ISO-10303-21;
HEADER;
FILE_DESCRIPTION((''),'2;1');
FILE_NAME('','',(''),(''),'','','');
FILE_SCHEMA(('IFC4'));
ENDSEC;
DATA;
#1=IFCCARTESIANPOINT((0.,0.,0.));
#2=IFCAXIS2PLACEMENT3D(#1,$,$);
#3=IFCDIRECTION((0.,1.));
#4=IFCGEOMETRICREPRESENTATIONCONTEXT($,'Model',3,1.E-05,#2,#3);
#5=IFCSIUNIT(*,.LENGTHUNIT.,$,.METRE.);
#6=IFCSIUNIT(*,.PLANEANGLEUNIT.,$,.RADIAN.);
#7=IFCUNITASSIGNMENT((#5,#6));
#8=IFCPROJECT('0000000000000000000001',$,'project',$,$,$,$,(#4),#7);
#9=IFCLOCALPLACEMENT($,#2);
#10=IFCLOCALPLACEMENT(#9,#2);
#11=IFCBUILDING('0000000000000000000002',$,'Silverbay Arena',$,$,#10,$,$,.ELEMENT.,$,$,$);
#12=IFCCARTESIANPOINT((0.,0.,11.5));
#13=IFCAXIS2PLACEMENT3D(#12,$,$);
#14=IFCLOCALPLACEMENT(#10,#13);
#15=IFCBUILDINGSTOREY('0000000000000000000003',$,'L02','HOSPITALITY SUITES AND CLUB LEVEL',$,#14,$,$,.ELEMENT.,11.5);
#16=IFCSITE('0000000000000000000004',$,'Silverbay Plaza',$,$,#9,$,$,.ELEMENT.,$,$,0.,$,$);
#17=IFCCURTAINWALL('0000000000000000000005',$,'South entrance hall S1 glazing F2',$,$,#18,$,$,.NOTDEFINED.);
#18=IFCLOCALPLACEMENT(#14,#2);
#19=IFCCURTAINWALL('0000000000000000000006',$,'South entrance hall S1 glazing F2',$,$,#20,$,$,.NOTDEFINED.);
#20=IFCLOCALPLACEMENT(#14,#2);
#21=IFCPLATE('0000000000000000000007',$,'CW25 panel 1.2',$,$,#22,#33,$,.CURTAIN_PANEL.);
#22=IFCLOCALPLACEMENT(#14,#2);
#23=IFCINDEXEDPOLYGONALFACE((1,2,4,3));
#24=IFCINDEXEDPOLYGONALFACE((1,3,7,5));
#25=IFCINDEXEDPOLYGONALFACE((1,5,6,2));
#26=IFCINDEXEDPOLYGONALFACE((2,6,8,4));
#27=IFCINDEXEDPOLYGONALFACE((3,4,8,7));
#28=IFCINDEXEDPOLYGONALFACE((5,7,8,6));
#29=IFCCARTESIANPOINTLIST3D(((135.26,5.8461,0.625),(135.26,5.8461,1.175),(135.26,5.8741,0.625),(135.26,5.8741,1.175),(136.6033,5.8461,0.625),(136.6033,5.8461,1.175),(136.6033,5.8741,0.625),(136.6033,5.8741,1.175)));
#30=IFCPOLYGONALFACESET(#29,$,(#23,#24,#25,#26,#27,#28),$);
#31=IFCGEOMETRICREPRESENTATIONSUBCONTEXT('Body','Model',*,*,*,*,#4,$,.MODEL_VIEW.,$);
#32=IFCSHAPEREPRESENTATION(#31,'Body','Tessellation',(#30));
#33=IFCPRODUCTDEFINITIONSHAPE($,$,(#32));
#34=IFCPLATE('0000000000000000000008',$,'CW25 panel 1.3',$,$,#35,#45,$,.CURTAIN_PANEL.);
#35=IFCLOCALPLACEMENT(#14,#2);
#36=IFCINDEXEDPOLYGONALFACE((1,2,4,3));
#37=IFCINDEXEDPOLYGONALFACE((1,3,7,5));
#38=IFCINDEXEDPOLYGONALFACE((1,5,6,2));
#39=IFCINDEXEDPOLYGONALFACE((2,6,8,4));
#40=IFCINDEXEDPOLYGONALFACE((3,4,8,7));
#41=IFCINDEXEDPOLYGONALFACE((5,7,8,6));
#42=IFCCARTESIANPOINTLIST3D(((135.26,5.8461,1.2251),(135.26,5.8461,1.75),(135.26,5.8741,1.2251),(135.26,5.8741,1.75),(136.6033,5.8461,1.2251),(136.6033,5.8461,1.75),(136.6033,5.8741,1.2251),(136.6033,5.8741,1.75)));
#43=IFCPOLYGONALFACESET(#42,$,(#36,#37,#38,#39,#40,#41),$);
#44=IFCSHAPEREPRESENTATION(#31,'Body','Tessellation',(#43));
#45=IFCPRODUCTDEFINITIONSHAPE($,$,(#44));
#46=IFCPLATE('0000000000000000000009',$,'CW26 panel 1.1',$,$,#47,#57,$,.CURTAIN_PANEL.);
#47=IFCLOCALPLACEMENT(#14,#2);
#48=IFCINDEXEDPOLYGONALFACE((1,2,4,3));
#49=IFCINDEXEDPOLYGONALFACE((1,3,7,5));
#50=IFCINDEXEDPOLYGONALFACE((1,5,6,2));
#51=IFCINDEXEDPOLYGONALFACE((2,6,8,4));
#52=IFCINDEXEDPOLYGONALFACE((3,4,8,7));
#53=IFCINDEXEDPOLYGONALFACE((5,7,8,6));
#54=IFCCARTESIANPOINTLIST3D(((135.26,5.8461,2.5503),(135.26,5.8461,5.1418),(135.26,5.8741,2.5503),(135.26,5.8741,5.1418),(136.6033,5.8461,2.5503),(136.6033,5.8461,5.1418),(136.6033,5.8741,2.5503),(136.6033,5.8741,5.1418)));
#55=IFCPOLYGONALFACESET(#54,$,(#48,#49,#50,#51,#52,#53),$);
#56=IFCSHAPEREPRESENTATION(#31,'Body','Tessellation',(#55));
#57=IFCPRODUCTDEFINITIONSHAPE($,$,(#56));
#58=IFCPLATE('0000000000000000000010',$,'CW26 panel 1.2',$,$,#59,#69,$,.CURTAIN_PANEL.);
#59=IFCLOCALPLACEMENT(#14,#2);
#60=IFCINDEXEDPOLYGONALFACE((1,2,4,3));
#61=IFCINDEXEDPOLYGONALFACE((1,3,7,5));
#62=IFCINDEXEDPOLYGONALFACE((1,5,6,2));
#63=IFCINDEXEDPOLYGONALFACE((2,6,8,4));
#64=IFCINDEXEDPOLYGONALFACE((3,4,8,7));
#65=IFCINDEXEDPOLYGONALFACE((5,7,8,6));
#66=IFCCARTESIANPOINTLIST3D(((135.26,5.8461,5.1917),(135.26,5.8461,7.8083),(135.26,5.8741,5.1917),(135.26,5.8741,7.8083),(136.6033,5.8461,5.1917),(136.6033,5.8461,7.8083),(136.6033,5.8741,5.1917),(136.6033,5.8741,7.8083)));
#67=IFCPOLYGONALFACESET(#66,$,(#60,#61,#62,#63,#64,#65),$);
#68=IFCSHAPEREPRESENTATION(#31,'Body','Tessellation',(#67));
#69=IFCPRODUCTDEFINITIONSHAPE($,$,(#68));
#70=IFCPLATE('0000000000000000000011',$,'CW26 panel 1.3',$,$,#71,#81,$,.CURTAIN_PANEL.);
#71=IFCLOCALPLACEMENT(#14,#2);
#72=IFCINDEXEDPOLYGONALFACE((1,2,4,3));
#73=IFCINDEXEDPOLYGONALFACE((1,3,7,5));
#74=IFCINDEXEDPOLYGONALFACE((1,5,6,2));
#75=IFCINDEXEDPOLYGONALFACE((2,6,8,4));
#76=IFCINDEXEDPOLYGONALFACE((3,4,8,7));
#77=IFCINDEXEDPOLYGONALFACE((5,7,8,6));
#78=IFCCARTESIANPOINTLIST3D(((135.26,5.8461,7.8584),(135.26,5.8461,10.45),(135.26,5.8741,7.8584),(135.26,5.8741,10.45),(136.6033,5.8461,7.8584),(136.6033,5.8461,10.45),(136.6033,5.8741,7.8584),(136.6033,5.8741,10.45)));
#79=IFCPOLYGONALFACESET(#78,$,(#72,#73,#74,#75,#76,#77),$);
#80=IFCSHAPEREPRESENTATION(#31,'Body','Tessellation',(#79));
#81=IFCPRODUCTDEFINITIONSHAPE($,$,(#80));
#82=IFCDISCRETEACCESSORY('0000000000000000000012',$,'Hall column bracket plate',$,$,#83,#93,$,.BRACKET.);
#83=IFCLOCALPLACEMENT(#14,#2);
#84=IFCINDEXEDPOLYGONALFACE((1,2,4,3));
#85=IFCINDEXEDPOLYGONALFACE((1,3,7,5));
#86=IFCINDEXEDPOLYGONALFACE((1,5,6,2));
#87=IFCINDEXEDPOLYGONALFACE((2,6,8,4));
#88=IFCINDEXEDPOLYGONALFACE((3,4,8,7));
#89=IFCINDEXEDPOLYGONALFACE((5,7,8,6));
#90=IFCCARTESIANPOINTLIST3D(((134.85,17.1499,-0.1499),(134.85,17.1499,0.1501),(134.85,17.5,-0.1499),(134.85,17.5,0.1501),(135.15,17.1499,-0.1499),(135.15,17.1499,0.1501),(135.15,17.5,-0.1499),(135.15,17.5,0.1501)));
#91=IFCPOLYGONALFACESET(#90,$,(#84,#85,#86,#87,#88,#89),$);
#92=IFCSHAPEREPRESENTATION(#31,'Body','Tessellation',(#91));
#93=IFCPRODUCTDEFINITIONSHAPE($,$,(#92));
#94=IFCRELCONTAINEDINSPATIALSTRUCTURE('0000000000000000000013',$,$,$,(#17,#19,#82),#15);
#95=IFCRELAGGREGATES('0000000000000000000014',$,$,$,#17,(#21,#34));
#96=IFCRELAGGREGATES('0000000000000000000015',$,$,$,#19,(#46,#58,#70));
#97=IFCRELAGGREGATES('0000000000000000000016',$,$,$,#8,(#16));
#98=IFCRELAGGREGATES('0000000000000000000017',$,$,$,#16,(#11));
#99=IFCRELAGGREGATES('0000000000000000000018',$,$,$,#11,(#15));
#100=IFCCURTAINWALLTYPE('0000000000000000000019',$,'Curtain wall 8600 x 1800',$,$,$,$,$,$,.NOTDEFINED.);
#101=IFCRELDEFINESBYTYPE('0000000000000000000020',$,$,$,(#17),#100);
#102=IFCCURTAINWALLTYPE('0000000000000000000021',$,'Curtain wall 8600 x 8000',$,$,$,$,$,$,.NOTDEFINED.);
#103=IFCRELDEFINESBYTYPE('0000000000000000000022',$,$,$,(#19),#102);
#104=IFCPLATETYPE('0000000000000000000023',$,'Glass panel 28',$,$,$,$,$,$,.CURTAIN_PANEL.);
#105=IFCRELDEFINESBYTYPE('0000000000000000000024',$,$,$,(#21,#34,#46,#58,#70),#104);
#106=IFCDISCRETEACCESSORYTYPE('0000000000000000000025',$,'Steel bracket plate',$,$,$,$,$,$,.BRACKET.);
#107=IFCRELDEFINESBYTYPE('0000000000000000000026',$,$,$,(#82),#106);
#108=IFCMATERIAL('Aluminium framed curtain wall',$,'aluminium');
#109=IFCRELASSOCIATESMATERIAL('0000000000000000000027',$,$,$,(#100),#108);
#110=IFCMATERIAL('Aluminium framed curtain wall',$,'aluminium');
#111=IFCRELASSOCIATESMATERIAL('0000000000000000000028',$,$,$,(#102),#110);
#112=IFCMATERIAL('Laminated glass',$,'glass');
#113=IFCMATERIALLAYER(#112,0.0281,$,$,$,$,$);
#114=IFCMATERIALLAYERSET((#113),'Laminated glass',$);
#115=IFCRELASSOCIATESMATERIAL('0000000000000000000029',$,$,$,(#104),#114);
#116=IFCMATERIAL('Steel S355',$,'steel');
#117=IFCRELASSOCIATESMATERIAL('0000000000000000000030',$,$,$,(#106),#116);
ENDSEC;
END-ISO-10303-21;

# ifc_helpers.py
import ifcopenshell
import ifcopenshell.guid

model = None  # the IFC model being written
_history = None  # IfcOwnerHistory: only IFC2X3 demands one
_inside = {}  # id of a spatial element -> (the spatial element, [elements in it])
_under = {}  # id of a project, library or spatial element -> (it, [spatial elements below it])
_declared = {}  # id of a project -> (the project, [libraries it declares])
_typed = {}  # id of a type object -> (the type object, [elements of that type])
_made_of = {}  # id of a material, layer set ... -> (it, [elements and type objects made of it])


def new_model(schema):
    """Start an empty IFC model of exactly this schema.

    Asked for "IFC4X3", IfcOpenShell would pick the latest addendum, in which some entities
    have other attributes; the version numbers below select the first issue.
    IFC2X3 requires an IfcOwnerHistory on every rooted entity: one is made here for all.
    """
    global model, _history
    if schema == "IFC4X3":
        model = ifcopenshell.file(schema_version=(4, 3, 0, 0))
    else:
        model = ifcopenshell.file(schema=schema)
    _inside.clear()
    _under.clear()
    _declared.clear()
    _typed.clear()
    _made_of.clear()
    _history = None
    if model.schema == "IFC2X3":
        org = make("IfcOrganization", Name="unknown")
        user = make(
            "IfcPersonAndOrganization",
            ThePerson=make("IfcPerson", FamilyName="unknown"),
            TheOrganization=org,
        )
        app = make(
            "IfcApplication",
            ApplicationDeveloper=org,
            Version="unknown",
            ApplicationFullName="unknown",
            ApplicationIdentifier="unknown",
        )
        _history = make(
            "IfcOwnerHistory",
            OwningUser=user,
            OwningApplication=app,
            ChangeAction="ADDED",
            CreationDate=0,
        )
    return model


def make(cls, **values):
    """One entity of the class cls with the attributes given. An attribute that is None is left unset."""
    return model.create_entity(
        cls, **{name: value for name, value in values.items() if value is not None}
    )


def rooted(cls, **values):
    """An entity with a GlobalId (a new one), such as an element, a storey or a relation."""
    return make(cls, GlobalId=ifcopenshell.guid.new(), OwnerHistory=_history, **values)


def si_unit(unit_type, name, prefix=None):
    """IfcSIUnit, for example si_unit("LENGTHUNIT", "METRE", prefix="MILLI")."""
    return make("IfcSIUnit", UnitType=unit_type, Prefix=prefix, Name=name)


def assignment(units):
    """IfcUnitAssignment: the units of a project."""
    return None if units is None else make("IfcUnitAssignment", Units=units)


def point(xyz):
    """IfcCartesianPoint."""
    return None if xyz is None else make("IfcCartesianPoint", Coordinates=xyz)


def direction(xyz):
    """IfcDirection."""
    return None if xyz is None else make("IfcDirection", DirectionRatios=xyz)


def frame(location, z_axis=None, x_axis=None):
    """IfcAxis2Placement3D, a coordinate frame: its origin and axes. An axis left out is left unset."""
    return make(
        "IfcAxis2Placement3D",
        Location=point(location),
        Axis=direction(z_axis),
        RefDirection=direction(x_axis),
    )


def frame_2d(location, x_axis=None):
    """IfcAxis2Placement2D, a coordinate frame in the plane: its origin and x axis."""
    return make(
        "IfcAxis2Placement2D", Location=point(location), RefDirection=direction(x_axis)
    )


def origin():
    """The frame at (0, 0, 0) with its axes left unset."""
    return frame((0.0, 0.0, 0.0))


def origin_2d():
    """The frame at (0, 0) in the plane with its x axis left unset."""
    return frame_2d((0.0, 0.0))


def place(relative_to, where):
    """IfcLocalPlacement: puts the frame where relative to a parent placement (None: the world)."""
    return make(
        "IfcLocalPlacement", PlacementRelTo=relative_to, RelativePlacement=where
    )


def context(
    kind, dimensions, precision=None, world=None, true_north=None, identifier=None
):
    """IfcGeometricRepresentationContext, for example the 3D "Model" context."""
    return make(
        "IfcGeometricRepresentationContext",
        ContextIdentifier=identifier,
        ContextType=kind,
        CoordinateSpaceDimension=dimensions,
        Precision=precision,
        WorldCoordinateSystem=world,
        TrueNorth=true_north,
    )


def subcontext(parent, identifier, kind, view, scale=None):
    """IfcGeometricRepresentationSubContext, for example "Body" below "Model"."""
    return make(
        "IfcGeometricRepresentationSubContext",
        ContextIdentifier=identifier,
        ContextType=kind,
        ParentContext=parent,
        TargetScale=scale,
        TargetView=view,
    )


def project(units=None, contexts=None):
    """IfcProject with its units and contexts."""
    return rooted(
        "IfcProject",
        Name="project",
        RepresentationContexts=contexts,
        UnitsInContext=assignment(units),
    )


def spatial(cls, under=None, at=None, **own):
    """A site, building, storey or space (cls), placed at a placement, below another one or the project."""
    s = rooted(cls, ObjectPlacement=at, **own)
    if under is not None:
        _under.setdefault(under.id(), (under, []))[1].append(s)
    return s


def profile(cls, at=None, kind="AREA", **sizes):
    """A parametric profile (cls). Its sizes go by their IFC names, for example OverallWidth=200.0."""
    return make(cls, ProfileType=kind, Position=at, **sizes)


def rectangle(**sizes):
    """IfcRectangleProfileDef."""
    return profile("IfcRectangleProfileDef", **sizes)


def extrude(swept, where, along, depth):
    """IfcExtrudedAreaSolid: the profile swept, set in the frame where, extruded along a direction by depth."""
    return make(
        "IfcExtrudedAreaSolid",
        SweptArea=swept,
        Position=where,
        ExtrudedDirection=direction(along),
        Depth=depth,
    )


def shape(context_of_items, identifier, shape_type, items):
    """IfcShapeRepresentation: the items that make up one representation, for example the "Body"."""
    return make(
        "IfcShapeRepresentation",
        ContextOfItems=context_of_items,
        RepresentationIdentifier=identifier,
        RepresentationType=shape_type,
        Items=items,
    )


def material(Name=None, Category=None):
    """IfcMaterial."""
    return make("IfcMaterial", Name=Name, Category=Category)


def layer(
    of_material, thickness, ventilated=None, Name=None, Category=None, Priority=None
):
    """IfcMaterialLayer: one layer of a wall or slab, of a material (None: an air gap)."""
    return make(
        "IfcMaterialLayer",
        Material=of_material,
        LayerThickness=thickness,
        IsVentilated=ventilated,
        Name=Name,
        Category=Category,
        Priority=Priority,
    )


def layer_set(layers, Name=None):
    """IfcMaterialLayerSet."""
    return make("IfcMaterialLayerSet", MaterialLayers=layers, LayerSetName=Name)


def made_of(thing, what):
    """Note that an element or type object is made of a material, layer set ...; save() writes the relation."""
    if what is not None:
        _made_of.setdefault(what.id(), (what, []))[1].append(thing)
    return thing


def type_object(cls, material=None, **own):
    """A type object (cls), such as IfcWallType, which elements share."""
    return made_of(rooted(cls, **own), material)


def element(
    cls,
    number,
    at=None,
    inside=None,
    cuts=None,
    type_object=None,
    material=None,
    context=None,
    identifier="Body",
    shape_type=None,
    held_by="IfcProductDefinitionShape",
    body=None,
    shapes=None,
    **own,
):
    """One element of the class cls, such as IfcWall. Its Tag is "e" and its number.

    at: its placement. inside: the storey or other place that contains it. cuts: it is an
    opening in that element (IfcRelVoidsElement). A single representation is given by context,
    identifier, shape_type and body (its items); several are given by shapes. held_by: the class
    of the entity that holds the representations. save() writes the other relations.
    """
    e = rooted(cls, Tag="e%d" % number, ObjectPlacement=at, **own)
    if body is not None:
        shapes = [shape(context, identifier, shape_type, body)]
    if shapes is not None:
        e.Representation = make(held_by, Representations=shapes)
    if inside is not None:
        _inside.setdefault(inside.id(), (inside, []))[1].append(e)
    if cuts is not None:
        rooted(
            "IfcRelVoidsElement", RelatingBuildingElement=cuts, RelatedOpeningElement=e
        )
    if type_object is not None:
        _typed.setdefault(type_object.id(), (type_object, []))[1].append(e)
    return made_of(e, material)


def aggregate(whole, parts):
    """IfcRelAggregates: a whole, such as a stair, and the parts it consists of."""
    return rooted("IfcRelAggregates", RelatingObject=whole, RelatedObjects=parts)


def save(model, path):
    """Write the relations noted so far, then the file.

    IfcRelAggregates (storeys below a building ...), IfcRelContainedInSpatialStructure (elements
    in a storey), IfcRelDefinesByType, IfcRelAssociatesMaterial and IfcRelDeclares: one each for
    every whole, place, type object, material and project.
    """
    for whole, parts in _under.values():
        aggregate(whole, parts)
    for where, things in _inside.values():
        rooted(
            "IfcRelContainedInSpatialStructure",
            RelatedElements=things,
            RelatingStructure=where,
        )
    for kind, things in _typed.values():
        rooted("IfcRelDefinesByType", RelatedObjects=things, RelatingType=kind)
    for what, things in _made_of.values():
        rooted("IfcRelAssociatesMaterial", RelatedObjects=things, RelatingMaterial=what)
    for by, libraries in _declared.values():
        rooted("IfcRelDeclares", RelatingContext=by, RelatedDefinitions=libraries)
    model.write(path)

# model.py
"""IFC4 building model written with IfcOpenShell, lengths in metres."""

from ifc_helpers import new_model, si_unit, direction, frame, origin, origin_2d, place, context, subcontext, project, spatial, rectangle, extrude, material, layer, layer_set, type_object, element, aggregate, save


model = new_model("IFC4")

# Units and contexts
model_context = context("Model", 3, precision=1e-05, world=origin(), true_north=direction((0.0, 1.0)))
body_context = subcontext(model_context, "Body", "Model", "MODEL_VIEW")
ifc_project = project(units=[si_unit("LENGTHUNIT", "METRE"), si_unit("PLANEANGLEUNIT", "RADIAN")], contexts=[model_context])

# Site, building, storey
site_placement = place(None, origin())
site = spatial("IfcSite", under=ifc_project, at=site_placement, Name="Silverbay Plaza", CompositionType="ELEMENT", RefElevation=0.0)
building_placement = place(site_placement, origin())
building = spatial("IfcBuilding", under=site, at=building_placement, Name="Silverbay Arena", CompositionType="ELEMENT")
storey_placement = place(building_placement, frame((0.0, 0.0, 11.5)))
storey = spatial("IfcBuildingStorey", under=building, at=storey_placement, Name="L02", Description="HOSPITALITY SUITES AND CLUB LEVEL", CompositionType="ELEMENT", Elevation=11.5)

# Curtain walls
ifc_material_1 = material(Name="Aluminium framed curtain wall", Category="aluminium")
curtain_wall_type_1 = type_object("IfcCurtainWallType", Name="Curtain wall 8600 x 1800", PredefinedType="NOTDEFINED", material=ifc_material_1)
curtain_wall_1_placement = place(storey_placement, origin())
curtain_wall_1 = element("IfcCurtainWall", 1, at=curtain_wall_1_placement, inside=storey, type_object=curtain_wall_type_1, Name="South entrance hall S1 glazing F2", PredefinedType="NOTDEFINED")
ifc_material_2 = material(Name="Aluminium framed curtain wall", Category="aluminium")
curtain_wall_type_2 = type_object("IfcCurtainWallType", Name="Curtain wall 8600 x 8000", PredefinedType="NOTDEFINED", material=ifc_material_2)
curtain_wall_2_placement = place(storey_placement, origin())
curtain_wall_2 = element("IfcCurtainWall", 2, at=curtain_wall_2_placement, inside=storey, type_object=curtain_wall_type_2, Name="South entrance hall S1 glazing F2", PredefinedType="NOTDEFINED")

# Plates
ifc_material_3 = material(Name="Laminated glass", Category="glass")
ifc_layer = layer(ifc_material_3, 0.0281)
ifc_layer_set = layer_set([ifc_layer], Name="Laminated glass")
plate_type = type_object("IfcPlateType", Name="Glass panel 28", PredefinedType="CURTAIN_PANEL", material=ifc_layer_set)
plate_1_placement = place(storey_placement, frame((135.9316, 5.8601, 0.625), z_axis=(0.0, 0.0, 1.0), x_axis=(1.0, 0.0, 0.0)))
plate_1 = element("IfcPlate", 3, at=plate_1_placement, type_object=plate_type, Name="CW25 panel 1.2", PredefinedType="CURTAIN_PANEL", context=body_context, shape_type="SweptSolid", body=[
    extrude(rectangle(XDim=1.3433, YDim=0.0281, at=origin_2d()), origin(), (0.0, 0.0, 1.0), 0.55),
])
plate_2_placement = place(storey_placement, frame((135.9316, 5.8601, 1.2251), z_axis=(0.0, 0.0, 1.0), x_axis=(1.0, 0.0, 0.0)))
plate_2 = element("IfcPlate", 4, at=plate_2_placement, type_object=plate_type, Name="CW25 panel 1.3", PredefinedType="CURTAIN_PANEL", context=body_context, shape_type="SweptSolid", body=[
    extrude(rectangle(XDim=1.3433, YDim=0.0281, at=origin_2d()), origin(), (0.0, 0.0, 1.0), 0.5249),
])
aggregate(curtain_wall_1, [plate_1, plate_2])
plate_3_placement = place(storey_placement, frame((135.9316, 5.8601, 2.5503), z_axis=(0.0, 0.0, 1.0), x_axis=(1.0, 0.0, 0.0)))
plate_3 = element("IfcPlate", 5, at=plate_3_placement, type_object=plate_type, Name="CW26 panel 1.1", PredefinedType="CURTAIN_PANEL", context=body_context, shape_type="SweptSolid", body=[
    extrude(rectangle(XDim=1.3433, YDim=0.0281, at=origin_2d()), origin(), (0.0, 0.0, 1.0), 2.5916),
])
plate_4_placement = place(storey_placement, frame((135.9316, 5.8601, 5.1917), z_axis=(0.0, 0.0, 1.0), x_axis=(1.0, 0.0, 0.0)))
plate_4 = element("IfcPlate", 6, at=plate_4_placement, type_object=plate_type, Name="CW26 panel 1.2", PredefinedType="CURTAIN_PANEL", context=body_context, shape_type="SweptSolid", body=[
    extrude(rectangle(XDim=1.3433, YDim=0.0281, at=origin_2d()), origin(), (0.0, 0.0, 1.0), 2.6167),
])
plate_5_placement = place(storey_placement, frame((135.9316, 5.8601, 7.8584), z_axis=(0.0, 0.0, 1.0), x_axis=(1.0, 0.0, 0.0)))
plate_5 = element("IfcPlate", 7, at=plate_5_placement, type_object=plate_type, Name="CW26 panel 1.3", PredefinedType="CURTAIN_PANEL", context=body_context, shape_type="SweptSolid", body=[
    extrude(rectangle(XDim=1.3433, YDim=0.0281, at=origin_2d()), origin(), (0.0, 0.0, 1.0), 2.5916),
])
aggregate(curtain_wall_2, [plate_3, plate_4, plate_5])

# Discrete accessory
ifc_material_4 = material(Name="Steel S355", Category="steel")
discrete_accessory_type = type_object("IfcDiscreteAccessoryType", Name="Steel bracket plate", PredefinedType="BRACKET", material=ifc_material_4)
discrete_accessory_placement = place(storey_placement, frame((135.0, 17.325, -0.1499), z_axis=(0.0, 0.0, 1.0), x_axis=(1.0, 0.0, 0.0)))
element("IfcDiscreteAccessory", 8, at=discrete_accessory_placement, inside=storey, type_object=discrete_accessory_type, Name="Hall column bracket plate", PredefinedType="BRACKET", context=body_context, shape_type="SweptSolid", body=[
    extrude(rectangle(XDim=0.3, YDim=0.3501, at=origin_2d()), origin(), (0.0, 0.0, 1.0), 0.3),
])

save(model, "model.ifc")
